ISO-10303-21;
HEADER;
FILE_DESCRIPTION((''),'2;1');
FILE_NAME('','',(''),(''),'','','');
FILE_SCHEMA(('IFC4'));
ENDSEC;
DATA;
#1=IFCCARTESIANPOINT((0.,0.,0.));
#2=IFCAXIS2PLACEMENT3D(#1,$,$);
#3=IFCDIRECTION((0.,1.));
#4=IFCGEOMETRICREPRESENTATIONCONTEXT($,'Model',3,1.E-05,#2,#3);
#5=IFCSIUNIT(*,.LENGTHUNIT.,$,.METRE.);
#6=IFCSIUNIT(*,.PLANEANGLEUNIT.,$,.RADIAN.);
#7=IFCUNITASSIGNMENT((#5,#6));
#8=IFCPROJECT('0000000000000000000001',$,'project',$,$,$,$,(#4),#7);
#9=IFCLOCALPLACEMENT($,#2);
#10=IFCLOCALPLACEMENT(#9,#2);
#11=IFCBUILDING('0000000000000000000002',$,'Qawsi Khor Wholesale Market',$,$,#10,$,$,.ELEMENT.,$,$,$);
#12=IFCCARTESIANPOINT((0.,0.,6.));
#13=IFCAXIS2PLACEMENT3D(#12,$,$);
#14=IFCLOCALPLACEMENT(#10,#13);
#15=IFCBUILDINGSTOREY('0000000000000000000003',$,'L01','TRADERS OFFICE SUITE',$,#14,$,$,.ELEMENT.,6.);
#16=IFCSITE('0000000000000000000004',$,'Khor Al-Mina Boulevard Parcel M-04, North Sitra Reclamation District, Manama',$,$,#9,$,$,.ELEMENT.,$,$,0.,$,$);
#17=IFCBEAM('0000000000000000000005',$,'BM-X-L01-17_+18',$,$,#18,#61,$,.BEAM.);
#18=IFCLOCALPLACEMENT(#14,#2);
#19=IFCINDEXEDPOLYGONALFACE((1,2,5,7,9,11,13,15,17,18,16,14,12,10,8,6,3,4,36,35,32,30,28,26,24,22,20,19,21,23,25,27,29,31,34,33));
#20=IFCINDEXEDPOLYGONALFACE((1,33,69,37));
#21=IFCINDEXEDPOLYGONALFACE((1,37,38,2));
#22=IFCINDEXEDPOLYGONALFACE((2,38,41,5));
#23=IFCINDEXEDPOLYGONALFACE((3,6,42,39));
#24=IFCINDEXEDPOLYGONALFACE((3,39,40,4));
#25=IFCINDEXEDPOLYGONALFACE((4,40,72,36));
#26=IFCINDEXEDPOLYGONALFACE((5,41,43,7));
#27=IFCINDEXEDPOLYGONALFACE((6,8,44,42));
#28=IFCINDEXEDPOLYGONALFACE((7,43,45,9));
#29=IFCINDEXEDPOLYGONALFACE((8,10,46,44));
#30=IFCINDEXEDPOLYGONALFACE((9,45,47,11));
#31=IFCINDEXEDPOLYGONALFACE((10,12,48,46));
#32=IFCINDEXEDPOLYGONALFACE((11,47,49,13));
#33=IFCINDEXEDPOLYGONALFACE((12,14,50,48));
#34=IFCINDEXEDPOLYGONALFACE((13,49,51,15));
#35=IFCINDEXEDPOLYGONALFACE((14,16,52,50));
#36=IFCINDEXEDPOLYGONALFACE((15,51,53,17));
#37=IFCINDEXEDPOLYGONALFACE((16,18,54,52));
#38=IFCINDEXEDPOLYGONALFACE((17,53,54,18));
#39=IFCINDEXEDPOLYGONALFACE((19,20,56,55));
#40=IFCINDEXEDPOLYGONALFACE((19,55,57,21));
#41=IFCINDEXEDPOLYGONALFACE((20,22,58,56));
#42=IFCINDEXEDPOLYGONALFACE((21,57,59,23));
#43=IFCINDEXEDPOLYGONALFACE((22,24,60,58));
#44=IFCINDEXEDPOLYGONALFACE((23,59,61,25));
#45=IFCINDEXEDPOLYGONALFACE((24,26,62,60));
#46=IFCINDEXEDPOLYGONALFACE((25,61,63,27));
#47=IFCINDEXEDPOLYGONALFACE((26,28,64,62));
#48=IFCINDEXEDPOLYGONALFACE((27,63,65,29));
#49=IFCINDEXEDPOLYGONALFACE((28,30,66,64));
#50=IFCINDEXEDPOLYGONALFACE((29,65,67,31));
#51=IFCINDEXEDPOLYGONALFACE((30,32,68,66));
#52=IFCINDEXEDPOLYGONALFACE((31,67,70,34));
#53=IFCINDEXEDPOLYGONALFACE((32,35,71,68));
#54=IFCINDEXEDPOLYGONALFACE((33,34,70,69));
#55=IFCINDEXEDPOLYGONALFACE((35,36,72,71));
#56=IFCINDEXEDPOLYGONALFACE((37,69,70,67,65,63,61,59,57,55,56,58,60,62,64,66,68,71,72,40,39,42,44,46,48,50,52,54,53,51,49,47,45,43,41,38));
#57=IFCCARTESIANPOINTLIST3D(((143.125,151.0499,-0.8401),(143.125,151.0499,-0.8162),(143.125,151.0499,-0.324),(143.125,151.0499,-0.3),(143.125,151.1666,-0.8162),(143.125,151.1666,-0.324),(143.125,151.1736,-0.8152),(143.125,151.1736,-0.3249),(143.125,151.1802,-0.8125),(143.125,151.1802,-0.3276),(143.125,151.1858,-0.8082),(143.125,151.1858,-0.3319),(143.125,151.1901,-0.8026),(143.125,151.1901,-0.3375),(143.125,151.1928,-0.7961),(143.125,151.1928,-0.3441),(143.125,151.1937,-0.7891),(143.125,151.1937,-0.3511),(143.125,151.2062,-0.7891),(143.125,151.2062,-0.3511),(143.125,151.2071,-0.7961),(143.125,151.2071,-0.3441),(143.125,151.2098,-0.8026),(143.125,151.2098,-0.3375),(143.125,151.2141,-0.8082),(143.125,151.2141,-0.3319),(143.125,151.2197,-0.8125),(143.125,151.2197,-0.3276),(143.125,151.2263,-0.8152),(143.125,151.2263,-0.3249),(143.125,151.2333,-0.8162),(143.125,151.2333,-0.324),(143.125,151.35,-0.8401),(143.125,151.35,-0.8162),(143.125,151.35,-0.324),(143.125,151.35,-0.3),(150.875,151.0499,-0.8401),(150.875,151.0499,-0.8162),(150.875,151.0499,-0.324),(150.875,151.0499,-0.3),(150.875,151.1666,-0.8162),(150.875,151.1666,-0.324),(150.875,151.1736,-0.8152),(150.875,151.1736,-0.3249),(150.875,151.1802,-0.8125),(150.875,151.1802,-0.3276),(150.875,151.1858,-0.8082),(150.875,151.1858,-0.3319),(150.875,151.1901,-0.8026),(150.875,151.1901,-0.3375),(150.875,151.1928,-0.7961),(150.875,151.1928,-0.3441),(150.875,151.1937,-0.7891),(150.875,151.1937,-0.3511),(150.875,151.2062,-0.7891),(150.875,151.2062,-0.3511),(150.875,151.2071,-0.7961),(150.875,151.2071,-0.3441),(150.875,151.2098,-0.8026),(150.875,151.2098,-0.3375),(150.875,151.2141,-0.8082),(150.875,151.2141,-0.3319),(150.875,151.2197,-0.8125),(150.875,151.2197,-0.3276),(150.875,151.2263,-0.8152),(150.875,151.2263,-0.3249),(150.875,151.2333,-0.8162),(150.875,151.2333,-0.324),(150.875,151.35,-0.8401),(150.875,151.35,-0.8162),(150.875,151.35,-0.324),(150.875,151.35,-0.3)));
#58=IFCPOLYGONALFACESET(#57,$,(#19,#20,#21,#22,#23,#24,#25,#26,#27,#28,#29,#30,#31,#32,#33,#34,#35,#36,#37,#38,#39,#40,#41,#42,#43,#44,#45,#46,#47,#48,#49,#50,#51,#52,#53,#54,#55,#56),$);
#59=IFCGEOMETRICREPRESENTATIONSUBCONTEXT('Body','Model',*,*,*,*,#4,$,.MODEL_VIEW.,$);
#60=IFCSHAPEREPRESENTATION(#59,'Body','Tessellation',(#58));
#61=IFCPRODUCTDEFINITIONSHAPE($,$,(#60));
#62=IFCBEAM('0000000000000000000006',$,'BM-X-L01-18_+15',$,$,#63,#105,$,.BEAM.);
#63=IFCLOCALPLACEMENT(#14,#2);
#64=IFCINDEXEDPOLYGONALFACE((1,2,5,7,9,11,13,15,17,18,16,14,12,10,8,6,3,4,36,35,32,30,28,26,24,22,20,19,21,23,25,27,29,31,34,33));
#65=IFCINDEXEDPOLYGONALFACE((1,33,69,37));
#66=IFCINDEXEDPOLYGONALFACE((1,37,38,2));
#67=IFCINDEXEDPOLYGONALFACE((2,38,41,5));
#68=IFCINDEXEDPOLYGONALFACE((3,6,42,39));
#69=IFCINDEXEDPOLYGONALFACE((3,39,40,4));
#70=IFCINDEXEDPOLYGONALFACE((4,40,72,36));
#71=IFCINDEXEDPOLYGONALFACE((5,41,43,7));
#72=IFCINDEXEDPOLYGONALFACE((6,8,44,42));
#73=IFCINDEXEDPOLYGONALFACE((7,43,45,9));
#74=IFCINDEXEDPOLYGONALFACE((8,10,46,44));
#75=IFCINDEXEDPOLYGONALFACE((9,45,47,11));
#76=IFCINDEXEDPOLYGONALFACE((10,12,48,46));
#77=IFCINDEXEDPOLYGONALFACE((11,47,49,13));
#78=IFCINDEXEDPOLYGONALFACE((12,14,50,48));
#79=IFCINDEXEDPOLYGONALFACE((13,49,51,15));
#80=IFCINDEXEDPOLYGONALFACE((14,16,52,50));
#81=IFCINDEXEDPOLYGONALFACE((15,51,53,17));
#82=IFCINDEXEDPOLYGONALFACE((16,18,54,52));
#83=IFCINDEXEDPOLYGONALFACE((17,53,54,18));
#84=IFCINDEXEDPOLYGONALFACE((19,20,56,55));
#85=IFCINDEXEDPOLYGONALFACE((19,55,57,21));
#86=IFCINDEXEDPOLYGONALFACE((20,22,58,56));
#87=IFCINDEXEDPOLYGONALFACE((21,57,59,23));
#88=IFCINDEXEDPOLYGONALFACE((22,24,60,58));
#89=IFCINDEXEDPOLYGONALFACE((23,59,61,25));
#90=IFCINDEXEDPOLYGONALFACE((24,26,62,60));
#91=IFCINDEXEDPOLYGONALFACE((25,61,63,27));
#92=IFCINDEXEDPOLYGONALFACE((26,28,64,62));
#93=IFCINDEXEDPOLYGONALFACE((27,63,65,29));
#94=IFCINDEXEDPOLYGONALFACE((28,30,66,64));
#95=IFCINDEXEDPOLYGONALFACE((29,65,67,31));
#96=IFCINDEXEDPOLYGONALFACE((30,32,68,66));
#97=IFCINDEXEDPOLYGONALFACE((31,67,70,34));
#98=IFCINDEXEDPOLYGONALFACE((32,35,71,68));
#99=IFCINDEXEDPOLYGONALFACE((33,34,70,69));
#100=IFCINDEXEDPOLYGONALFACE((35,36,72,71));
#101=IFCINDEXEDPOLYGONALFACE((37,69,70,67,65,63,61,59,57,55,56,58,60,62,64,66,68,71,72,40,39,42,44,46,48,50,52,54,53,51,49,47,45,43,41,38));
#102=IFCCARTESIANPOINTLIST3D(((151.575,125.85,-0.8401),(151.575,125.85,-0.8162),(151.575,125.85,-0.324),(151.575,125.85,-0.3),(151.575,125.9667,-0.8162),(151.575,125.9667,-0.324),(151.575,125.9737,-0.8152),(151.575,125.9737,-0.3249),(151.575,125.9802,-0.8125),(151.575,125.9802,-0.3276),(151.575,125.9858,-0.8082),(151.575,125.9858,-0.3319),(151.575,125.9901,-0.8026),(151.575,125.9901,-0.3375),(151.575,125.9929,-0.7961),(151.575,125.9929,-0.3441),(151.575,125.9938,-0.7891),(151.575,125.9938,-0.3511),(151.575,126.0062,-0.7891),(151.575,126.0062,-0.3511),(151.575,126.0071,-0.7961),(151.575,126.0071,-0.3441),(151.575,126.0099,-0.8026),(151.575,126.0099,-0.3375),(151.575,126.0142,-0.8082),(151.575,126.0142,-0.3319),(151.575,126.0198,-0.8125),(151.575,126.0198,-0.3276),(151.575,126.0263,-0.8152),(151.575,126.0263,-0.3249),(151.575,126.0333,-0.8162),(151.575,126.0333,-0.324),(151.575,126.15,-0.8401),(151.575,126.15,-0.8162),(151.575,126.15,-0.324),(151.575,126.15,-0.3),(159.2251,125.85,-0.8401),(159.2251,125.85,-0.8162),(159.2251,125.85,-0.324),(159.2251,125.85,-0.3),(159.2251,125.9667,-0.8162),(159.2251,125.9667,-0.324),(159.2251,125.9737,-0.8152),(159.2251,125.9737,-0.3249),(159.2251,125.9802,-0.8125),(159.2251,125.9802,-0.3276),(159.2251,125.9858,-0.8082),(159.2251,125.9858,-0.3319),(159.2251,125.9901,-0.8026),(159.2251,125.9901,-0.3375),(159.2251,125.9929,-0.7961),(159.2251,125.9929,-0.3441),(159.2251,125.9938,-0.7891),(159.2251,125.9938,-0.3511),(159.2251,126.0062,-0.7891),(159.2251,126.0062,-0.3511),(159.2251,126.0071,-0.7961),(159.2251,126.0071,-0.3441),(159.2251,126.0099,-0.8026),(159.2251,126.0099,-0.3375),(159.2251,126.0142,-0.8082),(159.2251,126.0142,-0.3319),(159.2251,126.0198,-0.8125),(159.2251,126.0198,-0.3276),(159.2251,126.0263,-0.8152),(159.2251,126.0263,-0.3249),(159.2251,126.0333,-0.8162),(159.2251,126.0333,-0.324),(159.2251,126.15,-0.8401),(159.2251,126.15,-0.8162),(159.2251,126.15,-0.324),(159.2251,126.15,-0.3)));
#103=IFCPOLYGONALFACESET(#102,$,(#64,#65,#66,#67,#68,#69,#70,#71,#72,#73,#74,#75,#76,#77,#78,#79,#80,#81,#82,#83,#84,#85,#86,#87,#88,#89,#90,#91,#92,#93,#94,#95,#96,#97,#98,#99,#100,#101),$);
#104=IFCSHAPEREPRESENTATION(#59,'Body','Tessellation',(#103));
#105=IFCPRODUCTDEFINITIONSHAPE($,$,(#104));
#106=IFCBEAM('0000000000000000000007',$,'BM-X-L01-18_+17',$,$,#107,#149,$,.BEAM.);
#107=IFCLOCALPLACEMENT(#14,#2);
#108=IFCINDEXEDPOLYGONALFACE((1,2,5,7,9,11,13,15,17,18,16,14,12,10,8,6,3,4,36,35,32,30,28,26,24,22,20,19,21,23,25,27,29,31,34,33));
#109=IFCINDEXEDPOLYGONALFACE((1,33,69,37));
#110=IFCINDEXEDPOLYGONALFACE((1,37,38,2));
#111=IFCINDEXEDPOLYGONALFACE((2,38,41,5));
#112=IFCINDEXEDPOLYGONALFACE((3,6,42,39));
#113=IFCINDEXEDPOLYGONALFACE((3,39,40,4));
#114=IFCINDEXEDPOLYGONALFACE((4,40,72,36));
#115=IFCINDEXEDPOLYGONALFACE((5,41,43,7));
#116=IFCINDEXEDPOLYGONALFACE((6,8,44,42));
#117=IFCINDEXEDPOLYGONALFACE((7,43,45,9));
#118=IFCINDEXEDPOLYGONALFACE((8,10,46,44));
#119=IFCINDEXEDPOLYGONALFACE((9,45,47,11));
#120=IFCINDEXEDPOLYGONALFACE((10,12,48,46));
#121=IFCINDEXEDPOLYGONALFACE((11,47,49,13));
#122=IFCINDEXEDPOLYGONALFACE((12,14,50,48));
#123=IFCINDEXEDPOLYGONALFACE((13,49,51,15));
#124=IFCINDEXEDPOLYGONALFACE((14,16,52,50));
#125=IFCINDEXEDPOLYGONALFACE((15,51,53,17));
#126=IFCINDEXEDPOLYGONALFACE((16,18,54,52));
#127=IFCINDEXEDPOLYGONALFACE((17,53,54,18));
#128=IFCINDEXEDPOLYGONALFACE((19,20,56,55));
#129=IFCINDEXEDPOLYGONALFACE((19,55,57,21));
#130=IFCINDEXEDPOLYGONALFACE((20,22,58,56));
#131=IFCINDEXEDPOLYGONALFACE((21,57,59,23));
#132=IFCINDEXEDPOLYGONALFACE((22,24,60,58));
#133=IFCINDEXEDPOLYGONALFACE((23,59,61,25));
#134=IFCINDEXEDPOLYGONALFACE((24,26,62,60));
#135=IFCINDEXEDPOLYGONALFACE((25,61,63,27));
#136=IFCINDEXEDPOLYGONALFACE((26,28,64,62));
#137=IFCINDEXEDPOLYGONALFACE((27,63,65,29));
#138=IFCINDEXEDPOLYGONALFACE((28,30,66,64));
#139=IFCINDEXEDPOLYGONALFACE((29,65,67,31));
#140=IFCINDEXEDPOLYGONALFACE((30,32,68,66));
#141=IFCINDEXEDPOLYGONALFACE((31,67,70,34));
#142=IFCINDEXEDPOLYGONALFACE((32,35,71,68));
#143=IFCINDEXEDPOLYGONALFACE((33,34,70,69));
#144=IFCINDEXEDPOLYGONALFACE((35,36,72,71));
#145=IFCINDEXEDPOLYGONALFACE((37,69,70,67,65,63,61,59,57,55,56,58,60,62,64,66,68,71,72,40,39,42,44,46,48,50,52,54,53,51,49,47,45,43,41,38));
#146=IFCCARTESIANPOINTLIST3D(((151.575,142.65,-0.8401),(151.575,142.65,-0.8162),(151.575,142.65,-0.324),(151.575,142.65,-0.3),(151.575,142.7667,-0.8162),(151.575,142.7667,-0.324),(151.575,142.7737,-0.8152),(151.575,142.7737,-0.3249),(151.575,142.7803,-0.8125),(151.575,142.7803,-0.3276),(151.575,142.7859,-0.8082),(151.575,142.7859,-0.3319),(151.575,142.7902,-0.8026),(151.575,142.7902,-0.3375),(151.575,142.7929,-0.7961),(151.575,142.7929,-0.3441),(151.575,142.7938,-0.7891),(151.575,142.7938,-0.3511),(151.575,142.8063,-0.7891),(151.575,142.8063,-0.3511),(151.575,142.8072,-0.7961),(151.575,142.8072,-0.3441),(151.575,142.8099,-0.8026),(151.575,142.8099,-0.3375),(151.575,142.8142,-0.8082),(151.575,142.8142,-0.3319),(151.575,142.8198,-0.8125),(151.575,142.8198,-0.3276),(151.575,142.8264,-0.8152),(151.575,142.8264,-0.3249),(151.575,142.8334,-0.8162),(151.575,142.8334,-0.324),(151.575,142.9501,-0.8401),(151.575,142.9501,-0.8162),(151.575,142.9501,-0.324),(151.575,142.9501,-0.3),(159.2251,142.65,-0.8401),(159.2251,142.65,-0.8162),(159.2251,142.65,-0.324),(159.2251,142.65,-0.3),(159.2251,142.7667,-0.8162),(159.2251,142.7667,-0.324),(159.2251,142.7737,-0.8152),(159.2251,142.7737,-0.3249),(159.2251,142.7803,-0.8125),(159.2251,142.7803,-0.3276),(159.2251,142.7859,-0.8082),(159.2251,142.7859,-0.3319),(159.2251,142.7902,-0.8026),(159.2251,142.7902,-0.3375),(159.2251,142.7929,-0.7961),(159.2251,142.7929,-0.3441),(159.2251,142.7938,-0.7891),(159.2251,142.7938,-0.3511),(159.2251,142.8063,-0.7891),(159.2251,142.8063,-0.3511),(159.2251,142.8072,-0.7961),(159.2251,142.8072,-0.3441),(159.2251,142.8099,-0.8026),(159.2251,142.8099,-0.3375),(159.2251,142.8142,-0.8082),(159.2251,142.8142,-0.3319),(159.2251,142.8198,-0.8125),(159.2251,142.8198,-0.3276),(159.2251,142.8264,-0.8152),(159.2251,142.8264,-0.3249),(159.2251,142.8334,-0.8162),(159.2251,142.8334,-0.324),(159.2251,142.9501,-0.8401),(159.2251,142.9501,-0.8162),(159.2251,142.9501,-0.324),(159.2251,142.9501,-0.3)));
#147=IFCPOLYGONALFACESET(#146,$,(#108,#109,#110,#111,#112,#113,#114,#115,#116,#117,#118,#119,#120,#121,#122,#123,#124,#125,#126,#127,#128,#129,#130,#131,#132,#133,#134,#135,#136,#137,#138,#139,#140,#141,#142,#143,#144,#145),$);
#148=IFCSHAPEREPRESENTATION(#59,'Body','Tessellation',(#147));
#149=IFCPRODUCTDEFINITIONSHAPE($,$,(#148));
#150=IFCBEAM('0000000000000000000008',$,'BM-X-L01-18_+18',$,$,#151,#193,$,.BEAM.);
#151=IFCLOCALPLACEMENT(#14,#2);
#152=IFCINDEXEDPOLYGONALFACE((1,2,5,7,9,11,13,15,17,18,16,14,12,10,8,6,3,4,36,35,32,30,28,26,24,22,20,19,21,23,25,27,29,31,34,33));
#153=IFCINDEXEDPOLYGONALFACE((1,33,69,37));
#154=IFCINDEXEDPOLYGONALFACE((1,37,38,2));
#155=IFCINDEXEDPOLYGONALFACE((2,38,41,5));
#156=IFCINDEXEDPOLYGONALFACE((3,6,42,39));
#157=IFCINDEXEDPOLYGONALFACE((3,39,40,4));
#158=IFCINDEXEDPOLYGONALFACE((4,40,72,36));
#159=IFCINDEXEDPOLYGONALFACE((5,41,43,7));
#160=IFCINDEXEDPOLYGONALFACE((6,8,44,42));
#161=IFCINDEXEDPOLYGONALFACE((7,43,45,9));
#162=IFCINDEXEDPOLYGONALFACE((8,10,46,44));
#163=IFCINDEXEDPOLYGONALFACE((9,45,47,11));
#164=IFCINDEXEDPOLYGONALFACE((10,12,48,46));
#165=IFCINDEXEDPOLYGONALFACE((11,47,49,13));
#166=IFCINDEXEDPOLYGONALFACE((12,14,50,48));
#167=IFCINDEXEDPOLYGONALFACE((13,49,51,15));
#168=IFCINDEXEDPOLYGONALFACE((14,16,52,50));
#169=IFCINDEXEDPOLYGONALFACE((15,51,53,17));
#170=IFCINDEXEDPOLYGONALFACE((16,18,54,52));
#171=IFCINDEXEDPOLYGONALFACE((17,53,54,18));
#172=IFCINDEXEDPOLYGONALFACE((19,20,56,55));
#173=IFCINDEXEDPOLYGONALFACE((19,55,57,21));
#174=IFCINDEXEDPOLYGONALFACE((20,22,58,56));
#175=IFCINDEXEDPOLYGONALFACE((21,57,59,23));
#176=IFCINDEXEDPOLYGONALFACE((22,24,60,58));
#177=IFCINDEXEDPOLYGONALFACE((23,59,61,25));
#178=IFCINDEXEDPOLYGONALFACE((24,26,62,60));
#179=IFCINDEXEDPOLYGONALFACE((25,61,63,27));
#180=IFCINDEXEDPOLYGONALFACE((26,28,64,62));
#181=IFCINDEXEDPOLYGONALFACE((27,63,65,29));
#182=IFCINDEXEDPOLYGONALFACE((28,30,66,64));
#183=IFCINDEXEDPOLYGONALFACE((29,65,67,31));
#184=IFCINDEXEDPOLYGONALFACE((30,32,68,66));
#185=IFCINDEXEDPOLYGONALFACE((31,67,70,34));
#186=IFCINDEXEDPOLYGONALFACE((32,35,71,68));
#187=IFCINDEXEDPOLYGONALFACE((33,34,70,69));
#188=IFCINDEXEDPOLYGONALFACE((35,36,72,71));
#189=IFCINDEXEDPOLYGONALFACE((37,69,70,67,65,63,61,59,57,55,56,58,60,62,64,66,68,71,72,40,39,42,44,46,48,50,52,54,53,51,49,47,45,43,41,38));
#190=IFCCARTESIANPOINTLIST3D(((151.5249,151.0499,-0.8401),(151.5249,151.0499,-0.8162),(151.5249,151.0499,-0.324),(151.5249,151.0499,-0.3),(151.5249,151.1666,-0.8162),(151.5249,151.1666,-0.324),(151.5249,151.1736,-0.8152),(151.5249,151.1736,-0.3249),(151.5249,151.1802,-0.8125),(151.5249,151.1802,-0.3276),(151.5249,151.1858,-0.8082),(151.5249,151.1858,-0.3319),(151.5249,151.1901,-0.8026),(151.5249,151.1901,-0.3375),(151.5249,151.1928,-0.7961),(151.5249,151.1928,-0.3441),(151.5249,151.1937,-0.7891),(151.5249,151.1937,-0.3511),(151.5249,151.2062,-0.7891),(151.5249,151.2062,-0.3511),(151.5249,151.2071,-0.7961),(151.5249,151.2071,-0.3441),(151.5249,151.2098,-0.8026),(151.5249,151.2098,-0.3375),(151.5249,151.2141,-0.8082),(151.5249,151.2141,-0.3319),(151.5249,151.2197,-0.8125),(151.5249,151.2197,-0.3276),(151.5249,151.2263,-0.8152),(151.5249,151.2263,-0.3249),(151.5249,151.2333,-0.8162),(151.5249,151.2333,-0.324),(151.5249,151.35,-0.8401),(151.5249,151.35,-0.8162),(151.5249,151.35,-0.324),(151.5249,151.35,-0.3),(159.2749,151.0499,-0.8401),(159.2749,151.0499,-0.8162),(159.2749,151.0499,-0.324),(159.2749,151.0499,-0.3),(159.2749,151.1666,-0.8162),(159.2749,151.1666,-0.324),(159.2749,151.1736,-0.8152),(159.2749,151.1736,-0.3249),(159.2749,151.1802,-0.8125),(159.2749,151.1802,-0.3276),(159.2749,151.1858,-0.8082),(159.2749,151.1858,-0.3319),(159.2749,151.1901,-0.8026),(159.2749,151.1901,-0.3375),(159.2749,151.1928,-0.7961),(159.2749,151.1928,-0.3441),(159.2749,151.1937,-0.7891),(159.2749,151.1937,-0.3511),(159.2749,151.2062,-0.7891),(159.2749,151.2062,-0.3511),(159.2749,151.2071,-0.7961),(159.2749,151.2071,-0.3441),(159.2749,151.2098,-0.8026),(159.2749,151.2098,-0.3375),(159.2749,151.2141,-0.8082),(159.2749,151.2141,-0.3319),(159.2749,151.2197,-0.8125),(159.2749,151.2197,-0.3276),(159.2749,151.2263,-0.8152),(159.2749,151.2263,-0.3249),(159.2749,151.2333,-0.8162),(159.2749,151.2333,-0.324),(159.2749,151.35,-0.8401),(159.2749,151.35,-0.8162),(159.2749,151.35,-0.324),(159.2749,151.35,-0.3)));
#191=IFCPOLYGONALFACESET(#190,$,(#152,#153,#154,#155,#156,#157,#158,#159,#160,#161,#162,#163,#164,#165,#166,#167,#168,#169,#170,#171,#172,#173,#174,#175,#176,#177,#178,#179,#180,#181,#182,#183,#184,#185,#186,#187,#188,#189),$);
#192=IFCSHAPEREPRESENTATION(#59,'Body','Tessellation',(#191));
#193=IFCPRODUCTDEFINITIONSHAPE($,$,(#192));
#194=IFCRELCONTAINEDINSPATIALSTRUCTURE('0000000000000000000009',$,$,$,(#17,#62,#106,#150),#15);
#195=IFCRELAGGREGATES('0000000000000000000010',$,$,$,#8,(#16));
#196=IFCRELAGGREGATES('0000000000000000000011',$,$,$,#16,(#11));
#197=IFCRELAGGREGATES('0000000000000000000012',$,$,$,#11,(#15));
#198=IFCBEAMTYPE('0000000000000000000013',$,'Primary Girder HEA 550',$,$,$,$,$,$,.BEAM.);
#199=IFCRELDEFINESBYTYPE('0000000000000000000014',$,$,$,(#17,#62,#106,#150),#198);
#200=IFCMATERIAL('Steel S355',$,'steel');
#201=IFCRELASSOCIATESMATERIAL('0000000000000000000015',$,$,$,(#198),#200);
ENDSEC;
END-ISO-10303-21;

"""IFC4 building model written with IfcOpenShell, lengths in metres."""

from ifc_helpers import new_model, si_unit, direction, frame, origin, origin_2d, place, context, subcontext, project, spatial, i_section, extrude, material, material_profile, profile_set, type_object, element, save


model = new_model("IFC4")

# Units and contexts
model_context = context("Model", 3, precision=1e-05, world=origin(), true_north=direction((0.0, 1.0)))
body_context = subcontext(model_context, "Body", "Model", "MODEL_VIEW")
ifc_project = project(units=[si_unit("LENGTHUNIT", "METRE"), si_unit("PLANEANGLEUNIT", "RADIAN")], contexts=[model_context])

# Site, building, storey
site_placement = place(None, origin())
site = spatial("IfcSite", under=ifc_project, at=site_placement, Name="Khor Al-Mina Boulevard Parcel M-04, North Sitra Reclamation District, Manama", CompositionType="ELEMENT", RefElevation=0.0)
building_placement = place(site_placement, origin())
building = spatial("IfcBuilding", under=site, at=building_placement, Name="Qawsi Khor Wholesale Market", CompositionType="ELEMENT")
storey_placement = place(building_placement, frame((0.0, 0.0, 6.0)))
storey = spatial("IfcBuildingStorey", under=building, at=storey_placement, Name="L01", Description="TRADERS OFFICE SUITE", CompositionType="ELEMENT", Elevation=6.0)

# Beams
ifc_material_1 = material(Name="Steel S355", Category="steel")
ifc_material_profile_1 = material_profile(ifc_material_1, i_section(OverallWidth=0.3, OverallDepth=0.54, WebThickness=0.0125, FlangeThickness=0.0239, FilletRadius=0.0271, at=origin_2d()), Name="HEA 550")
ifc_profile_set_1 = profile_set([ifc_material_profile_1], Name="Steel S355")
beam_type_1 = type_object("IfcBeamType", Name="Primary Girder HEA 550", PredefinedType="BEAM", material=ifc_profile_set_1)
beam_1_placement = place(storey_placement, frame((143.125, 151.2, -0.5701), z_axis=(1.0, 0.0, 0.0), x_axis=(0.0, 1.0, 0.0)))
element("IfcBeam", 1, at=beam_1_placement, inside=storey, type_object=beam_type_1, Name="BM-X-L01-17_+18", PredefinedType="BEAM", context=body_context, shape_type="SweptSolid", body=[
    extrude(i_section(OverallWidth=0.3, OverallDepth=0.54, WebThickness=0.0125, FlangeThickness=0.0239, FilletRadius=0.0271, at=origin_2d()), origin(), (0.0, 0.0, 1.0), 7.75),
])
for number, where, z_axis, x_axis, name in (
    (2, (151.575, 126.0, -0.5701), (1.0, 0.0, 0.0), (0.0, 1.0, 0.0), "BM-X-L01-18_+15"),
    (3, (151.575, 142.8, -0.5701), (1.0, 0.0, 0.0), (0.0, 1.0, 0.0), "BM-X-L01-18_+17"),
):
    element("IfcBeam", number, at=place(storey_placement, frame(where, z_axis=z_axis, x_axis=x_axis)), inside=storey, type_object=beam_type_1, Name=name, PredefinedType="BEAM", context=body_context, shape_type="SweptSolid", body=[
        extrude(i_section(OverallWidth=0.3, OverallDepth=0.54, WebThickness=0.0125, FlangeThickness=0.0239, FilletRadius=0.0271, at=origin_2d()), origin(), (0.0, 0.0, 1.0), 7.6501),
    ])
beam_2_placement = place(storey_placement, frame((151.5249, 151.2, -0.5701), z_axis=(1.0, 0.0, 0.0), x_axis=(0.0, 1.0, 0.0)))
element("IfcBeam", 4, at=beam_2_placement, inside=storey, type_object=beam_type_1, Name="BM-X-L01-18_+18", PredefinedType="BEAM", context=body_context, shape_type="SweptSolid", body=[
    extrude(i_section(OverallWidth=0.3, OverallDepth=0.54, WebThickness=0.0125, FlangeThickness=0.0239, FilletRadius=0.0271, at=origin_2d()), origin(), (0.0, 0.0, 1.0), 7.75),
])

save(model, "model.ifc")
